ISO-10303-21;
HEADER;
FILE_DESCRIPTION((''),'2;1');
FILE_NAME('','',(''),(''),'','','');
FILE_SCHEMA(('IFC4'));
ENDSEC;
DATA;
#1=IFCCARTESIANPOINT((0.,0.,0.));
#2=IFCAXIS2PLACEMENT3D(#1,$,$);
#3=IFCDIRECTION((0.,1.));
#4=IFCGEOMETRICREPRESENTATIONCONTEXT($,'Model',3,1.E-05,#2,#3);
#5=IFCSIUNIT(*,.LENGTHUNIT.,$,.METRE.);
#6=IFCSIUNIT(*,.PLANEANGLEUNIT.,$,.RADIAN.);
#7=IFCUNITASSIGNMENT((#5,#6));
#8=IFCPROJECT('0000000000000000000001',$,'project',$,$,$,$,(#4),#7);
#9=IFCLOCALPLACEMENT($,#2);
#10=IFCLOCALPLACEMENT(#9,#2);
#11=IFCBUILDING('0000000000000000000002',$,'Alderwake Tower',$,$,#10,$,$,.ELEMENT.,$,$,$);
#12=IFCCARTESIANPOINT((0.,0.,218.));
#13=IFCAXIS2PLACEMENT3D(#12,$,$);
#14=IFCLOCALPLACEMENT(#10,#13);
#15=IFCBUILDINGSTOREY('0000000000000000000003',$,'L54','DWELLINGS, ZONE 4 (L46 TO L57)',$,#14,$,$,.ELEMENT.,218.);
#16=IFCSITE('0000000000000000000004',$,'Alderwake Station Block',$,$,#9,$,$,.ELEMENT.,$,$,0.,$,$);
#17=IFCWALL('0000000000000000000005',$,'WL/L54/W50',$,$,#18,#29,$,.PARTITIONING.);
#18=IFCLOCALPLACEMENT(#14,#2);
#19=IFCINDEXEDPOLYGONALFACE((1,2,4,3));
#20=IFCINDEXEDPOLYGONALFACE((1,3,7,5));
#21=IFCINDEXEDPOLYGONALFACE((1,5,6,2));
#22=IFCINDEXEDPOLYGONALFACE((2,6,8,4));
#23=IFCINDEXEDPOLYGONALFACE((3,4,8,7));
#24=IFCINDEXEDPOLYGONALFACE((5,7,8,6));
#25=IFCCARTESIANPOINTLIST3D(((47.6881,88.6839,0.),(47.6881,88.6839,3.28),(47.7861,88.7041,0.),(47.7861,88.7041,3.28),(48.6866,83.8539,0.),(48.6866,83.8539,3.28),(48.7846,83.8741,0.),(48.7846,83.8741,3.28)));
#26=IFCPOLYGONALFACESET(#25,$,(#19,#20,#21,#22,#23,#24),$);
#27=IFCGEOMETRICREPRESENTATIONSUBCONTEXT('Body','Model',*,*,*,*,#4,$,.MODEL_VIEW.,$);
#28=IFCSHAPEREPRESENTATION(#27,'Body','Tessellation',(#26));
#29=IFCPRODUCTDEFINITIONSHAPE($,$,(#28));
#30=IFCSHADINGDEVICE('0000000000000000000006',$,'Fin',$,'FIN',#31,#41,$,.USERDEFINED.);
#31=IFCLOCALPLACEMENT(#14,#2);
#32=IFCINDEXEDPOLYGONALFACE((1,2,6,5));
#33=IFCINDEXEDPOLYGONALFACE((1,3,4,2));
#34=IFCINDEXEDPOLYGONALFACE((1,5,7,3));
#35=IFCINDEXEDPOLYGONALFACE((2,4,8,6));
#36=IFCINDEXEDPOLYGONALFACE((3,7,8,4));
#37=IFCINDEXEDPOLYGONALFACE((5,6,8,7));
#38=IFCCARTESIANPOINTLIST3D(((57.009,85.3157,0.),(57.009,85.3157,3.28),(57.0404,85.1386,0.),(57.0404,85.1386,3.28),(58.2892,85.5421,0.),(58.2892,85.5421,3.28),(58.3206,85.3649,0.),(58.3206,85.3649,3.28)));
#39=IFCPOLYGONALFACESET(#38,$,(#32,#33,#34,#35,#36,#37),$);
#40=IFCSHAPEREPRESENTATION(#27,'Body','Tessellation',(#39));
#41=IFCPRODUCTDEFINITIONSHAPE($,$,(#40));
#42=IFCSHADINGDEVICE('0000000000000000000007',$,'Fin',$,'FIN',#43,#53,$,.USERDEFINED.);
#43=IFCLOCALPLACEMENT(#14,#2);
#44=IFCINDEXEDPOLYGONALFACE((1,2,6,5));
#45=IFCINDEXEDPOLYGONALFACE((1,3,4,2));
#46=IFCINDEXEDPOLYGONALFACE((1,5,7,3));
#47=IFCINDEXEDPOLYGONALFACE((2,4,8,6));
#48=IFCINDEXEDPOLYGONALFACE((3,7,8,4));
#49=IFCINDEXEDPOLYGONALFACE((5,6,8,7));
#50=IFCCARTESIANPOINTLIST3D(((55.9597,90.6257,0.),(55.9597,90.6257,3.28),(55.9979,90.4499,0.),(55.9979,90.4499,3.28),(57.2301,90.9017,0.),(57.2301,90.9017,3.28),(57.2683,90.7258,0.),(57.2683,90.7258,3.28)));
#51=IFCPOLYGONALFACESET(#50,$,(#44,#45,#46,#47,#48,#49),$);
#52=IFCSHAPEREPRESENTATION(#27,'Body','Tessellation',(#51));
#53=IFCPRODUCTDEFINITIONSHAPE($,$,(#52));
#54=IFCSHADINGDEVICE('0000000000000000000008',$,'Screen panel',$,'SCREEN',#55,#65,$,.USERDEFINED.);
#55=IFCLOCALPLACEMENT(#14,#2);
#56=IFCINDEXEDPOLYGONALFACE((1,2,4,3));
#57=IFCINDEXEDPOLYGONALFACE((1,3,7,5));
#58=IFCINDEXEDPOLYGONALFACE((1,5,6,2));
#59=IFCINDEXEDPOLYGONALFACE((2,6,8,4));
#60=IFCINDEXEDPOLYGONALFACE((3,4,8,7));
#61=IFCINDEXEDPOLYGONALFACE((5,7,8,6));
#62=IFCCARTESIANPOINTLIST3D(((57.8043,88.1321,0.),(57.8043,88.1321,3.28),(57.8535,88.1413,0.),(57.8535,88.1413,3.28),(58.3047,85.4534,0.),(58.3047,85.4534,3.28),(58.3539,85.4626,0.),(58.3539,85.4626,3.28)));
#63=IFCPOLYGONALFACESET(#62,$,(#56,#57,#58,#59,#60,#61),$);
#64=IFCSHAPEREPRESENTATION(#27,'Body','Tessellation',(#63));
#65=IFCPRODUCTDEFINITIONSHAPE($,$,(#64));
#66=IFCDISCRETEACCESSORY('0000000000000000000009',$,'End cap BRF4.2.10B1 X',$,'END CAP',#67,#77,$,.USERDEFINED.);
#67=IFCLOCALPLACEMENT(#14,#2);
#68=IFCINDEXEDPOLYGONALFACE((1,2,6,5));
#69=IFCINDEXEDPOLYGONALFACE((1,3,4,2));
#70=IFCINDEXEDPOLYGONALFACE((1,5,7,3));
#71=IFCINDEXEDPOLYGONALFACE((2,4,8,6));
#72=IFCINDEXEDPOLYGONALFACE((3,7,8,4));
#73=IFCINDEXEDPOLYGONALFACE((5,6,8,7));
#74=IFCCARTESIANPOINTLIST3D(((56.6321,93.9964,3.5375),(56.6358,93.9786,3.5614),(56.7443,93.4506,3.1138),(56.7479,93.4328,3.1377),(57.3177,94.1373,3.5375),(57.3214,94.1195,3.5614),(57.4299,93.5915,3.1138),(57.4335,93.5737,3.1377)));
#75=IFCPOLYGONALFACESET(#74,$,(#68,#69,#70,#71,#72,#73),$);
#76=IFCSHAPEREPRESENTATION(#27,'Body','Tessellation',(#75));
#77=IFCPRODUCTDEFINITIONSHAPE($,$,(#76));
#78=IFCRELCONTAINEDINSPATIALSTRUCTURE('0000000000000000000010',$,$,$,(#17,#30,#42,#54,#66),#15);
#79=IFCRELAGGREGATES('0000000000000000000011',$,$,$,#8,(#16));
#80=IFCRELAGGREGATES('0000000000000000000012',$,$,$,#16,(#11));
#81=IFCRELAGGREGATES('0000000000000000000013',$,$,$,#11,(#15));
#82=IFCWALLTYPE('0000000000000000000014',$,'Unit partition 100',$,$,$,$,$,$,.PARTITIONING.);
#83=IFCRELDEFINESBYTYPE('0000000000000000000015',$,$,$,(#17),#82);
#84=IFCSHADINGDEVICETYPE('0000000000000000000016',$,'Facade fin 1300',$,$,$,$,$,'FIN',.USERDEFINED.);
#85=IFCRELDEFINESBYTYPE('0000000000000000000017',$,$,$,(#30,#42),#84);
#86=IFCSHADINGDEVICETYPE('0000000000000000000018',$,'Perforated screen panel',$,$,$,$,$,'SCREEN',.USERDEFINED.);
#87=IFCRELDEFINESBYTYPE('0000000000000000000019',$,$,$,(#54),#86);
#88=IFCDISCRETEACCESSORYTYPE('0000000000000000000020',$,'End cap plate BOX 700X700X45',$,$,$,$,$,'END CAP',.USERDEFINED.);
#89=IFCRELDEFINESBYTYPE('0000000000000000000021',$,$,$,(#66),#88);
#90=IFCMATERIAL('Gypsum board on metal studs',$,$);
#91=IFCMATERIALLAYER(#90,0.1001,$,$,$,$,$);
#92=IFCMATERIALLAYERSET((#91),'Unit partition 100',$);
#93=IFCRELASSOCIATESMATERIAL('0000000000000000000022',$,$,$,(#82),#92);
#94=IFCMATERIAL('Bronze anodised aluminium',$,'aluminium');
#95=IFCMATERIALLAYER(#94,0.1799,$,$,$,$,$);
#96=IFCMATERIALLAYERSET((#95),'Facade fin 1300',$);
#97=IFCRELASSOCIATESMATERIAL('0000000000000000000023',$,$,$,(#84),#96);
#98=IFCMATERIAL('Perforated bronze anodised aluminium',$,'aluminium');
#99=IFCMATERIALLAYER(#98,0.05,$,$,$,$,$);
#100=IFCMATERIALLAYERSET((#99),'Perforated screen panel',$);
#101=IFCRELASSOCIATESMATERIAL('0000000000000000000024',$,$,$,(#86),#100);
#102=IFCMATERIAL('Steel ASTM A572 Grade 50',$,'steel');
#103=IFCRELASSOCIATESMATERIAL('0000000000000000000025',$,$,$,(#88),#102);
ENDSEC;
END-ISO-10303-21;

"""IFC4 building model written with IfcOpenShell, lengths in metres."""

from ifc_helpers import new_model, si_unit, direction, frame, frame_2d, origin, origin_2d, place, context, subcontext, project, spatial, rectangle, extrude, material, layer, layer_set, material_profile, profile_set, type_object, element, save


model = new_model("IFC4")

# Units and contexts
model_context = context("Model", 3, precision=1e-05, world=origin(), true_north=direction((0.0, 1.0)))
body_context = subcontext(model_context, "Body", "Model", "MODEL_VIEW")
ifc_project = project(units=[si_unit("LENGTHUNIT", "METRE"), si_unit("PLANEANGLEUNIT", "RADIAN")], contexts=[model_context])

# Site, building, storey
site_placement = place(None, origin())
site = spatial("IfcSite", under=ifc_project, at=site_placement, Name="Alderwake Station Block", CompositionType="ELEMENT", RefElevation=0.0)
building_placement = place(site_placement, origin())
building = spatial("IfcBuilding", under=site, at=building_placement, Name="Alderwake Tower", CompositionType="ELEMENT")
storey_placement = place(building_placement, frame((0.0, 0.0, 218.0)))
storey = spatial("IfcBuildingStorey", under=building, at=storey_placement, Name="L54", Description="DWELLINGS, ZONE 4 (L46 TO L57)", CompositionType="ELEMENT", Elevation=218.0)

# Shared definitions
ifc_material_1 = material(Name="Gypsum board on metal studs")
ifc_layer_1 = layer(ifc_material_1, 0.1001)
ifc_layer_set_1 = layer_set([ifc_layer_1], Name="Unit partition 100")
wall_type_1 = type_object("IfcWallType", Name="Unit partition 100", PredefinedType="PARTITIONING", material=ifc_layer_set_1)

# Wall
wall_1_placement = place(storey_placement, frame((48.7356, 83.864, 0.0), z_axis=(0.0, 0.0, 1.0), x_axis=(-0.202452, 0.979292, 0.0)))
element("IfcWall", 1, at=wall_1_placement, inside=storey, type_object=wall_type_1, Name="WL/L54/W50", PredefinedType="PARTITIONING", context=body_context, shape_type="SweptSolid", body=[
    extrude(rectangle(XDim=4.9321, YDim=0.1001, at=frame_2d((2.4661, 0.0))), origin(), (0.0, 0.0, 1.0), 3.28),
])

# Shading devices
ifc_material_2 = material(Name="Bronze anodised aluminium", Category="aluminium")
ifc_layer_2 = layer(ifc_material_2, 0.1799)
ifc_layer_set_2 = layer_set([ifc_layer_2], Name="Facade fin 1300")
shading_device_type_1 = type_object("IfcShadingDeviceType", Name="Facade fin 1300", ElementType="FIN", PredefinedType="USERDEFINED", material=ifc_layer_set_2)
for number, where, z_axis, x_axis, name in (
    (2, (57.6648, 85.3403, 0.0), (0.0, 0.0, 1.0), (0.984726, 0.174109, 0.0), "Fin"),
    (3, (56.614, 90.6758, 0.0), (0.0, 0.0, 1.0), (0.97721, 0.212273, 0.0), "Fin"),
):
    element("IfcShadingDevice", number, at=place(storey_placement, frame(where, z_axis=z_axis, x_axis=x_axis)), inside=storey, type_object=shading_device_type_1, Name=name, ObjectType="FIN", PredefinedType="USERDEFINED", context=body_context, shape_type="SweptSolid", body=[
        extrude(rectangle(XDim=1.3, YDim=0.1799, at=origin_2d()), origin(), (0.0, 0.0, 1.0), 3.28),
    ])
ifc_material_3 = material(Name="Perforated bronze anodised aluminium", Category="aluminium")
ifc_layer_3 = layer(ifc_material_3, 0.05)
ifc_layer_set_3 = layer_set([ifc_layer_3], Name="Perforated screen panel")
shading_device_type_2 = type_object("IfcShadingDeviceType", Name="Perforated screen panel", ElementType="SCREEN", PredefinedType="USERDEFINED", material=ifc_layer_set_3)
shading_device_placement = place(storey_placement, frame((58.0791, 86.7974, 0.0), z_axis=(0.0, 0.0, 1.0), x_axis=(0.982991, 0.183651, 0.0)))
element("IfcShadingDevice", 4, at=shading_device_placement, inside=storey, type_object=shading_device_type_2, Name="Screen panel", ObjectType="SCREEN", PredefinedType="USERDEFINED", context=body_context, shape_type="SweptSolid", body=[
    extrude(rectangle(XDim=0.05, YDim=2.7251, at=origin_2d()), origin(), (0.0, 0.0, 1.0), 3.28),
])

# Discrete accessory
ifc_material_4 = material(Name="Steel ASTM A572 Grade 50", Category="steel")
ifc_material_profile_1 = material_profile(ifc_material_4, rectangle(XDim=0.7, YDim=0.7, at=origin_2d()), Name="BOX 700X700X45 cap")
ifc_profile_set_1 = profile_set([ifc_material_profile_1], Name="Steel ASTM A572 Grade 50")
discrete_accessory_type = type_object("IfcDiscreteAccessoryType", Name="End cap plate BOX 700X700X45", ElementType="END CAP", PredefinedType="USERDEFINED", material=ifc_profile_set_1)
discrete_accessory_placement = place(storey_placement, frame((57.031, 93.7939, 3.3257), z_axis=(0.121835, -0.592928, 0.795985), x_axis=(0.979535, 0.201274, 0.0)))
element("IfcDiscreteAccessory", 5, at=discrete_accessory_placement, inside=storey, type_object=discrete_accessory_type, Name="End cap BRF4.2.10B1 X", ObjectType="END CAP", PredefinedType="USERDEFINED", context=body_context, shape_type="SweptSolid", body=[
    extrude(rectangle(XDim=0.7, YDim=0.7, at=origin_2d()), origin(), (0.0, 0.0, 1.0), 0.03),
])

save(model, "model.ifc")
